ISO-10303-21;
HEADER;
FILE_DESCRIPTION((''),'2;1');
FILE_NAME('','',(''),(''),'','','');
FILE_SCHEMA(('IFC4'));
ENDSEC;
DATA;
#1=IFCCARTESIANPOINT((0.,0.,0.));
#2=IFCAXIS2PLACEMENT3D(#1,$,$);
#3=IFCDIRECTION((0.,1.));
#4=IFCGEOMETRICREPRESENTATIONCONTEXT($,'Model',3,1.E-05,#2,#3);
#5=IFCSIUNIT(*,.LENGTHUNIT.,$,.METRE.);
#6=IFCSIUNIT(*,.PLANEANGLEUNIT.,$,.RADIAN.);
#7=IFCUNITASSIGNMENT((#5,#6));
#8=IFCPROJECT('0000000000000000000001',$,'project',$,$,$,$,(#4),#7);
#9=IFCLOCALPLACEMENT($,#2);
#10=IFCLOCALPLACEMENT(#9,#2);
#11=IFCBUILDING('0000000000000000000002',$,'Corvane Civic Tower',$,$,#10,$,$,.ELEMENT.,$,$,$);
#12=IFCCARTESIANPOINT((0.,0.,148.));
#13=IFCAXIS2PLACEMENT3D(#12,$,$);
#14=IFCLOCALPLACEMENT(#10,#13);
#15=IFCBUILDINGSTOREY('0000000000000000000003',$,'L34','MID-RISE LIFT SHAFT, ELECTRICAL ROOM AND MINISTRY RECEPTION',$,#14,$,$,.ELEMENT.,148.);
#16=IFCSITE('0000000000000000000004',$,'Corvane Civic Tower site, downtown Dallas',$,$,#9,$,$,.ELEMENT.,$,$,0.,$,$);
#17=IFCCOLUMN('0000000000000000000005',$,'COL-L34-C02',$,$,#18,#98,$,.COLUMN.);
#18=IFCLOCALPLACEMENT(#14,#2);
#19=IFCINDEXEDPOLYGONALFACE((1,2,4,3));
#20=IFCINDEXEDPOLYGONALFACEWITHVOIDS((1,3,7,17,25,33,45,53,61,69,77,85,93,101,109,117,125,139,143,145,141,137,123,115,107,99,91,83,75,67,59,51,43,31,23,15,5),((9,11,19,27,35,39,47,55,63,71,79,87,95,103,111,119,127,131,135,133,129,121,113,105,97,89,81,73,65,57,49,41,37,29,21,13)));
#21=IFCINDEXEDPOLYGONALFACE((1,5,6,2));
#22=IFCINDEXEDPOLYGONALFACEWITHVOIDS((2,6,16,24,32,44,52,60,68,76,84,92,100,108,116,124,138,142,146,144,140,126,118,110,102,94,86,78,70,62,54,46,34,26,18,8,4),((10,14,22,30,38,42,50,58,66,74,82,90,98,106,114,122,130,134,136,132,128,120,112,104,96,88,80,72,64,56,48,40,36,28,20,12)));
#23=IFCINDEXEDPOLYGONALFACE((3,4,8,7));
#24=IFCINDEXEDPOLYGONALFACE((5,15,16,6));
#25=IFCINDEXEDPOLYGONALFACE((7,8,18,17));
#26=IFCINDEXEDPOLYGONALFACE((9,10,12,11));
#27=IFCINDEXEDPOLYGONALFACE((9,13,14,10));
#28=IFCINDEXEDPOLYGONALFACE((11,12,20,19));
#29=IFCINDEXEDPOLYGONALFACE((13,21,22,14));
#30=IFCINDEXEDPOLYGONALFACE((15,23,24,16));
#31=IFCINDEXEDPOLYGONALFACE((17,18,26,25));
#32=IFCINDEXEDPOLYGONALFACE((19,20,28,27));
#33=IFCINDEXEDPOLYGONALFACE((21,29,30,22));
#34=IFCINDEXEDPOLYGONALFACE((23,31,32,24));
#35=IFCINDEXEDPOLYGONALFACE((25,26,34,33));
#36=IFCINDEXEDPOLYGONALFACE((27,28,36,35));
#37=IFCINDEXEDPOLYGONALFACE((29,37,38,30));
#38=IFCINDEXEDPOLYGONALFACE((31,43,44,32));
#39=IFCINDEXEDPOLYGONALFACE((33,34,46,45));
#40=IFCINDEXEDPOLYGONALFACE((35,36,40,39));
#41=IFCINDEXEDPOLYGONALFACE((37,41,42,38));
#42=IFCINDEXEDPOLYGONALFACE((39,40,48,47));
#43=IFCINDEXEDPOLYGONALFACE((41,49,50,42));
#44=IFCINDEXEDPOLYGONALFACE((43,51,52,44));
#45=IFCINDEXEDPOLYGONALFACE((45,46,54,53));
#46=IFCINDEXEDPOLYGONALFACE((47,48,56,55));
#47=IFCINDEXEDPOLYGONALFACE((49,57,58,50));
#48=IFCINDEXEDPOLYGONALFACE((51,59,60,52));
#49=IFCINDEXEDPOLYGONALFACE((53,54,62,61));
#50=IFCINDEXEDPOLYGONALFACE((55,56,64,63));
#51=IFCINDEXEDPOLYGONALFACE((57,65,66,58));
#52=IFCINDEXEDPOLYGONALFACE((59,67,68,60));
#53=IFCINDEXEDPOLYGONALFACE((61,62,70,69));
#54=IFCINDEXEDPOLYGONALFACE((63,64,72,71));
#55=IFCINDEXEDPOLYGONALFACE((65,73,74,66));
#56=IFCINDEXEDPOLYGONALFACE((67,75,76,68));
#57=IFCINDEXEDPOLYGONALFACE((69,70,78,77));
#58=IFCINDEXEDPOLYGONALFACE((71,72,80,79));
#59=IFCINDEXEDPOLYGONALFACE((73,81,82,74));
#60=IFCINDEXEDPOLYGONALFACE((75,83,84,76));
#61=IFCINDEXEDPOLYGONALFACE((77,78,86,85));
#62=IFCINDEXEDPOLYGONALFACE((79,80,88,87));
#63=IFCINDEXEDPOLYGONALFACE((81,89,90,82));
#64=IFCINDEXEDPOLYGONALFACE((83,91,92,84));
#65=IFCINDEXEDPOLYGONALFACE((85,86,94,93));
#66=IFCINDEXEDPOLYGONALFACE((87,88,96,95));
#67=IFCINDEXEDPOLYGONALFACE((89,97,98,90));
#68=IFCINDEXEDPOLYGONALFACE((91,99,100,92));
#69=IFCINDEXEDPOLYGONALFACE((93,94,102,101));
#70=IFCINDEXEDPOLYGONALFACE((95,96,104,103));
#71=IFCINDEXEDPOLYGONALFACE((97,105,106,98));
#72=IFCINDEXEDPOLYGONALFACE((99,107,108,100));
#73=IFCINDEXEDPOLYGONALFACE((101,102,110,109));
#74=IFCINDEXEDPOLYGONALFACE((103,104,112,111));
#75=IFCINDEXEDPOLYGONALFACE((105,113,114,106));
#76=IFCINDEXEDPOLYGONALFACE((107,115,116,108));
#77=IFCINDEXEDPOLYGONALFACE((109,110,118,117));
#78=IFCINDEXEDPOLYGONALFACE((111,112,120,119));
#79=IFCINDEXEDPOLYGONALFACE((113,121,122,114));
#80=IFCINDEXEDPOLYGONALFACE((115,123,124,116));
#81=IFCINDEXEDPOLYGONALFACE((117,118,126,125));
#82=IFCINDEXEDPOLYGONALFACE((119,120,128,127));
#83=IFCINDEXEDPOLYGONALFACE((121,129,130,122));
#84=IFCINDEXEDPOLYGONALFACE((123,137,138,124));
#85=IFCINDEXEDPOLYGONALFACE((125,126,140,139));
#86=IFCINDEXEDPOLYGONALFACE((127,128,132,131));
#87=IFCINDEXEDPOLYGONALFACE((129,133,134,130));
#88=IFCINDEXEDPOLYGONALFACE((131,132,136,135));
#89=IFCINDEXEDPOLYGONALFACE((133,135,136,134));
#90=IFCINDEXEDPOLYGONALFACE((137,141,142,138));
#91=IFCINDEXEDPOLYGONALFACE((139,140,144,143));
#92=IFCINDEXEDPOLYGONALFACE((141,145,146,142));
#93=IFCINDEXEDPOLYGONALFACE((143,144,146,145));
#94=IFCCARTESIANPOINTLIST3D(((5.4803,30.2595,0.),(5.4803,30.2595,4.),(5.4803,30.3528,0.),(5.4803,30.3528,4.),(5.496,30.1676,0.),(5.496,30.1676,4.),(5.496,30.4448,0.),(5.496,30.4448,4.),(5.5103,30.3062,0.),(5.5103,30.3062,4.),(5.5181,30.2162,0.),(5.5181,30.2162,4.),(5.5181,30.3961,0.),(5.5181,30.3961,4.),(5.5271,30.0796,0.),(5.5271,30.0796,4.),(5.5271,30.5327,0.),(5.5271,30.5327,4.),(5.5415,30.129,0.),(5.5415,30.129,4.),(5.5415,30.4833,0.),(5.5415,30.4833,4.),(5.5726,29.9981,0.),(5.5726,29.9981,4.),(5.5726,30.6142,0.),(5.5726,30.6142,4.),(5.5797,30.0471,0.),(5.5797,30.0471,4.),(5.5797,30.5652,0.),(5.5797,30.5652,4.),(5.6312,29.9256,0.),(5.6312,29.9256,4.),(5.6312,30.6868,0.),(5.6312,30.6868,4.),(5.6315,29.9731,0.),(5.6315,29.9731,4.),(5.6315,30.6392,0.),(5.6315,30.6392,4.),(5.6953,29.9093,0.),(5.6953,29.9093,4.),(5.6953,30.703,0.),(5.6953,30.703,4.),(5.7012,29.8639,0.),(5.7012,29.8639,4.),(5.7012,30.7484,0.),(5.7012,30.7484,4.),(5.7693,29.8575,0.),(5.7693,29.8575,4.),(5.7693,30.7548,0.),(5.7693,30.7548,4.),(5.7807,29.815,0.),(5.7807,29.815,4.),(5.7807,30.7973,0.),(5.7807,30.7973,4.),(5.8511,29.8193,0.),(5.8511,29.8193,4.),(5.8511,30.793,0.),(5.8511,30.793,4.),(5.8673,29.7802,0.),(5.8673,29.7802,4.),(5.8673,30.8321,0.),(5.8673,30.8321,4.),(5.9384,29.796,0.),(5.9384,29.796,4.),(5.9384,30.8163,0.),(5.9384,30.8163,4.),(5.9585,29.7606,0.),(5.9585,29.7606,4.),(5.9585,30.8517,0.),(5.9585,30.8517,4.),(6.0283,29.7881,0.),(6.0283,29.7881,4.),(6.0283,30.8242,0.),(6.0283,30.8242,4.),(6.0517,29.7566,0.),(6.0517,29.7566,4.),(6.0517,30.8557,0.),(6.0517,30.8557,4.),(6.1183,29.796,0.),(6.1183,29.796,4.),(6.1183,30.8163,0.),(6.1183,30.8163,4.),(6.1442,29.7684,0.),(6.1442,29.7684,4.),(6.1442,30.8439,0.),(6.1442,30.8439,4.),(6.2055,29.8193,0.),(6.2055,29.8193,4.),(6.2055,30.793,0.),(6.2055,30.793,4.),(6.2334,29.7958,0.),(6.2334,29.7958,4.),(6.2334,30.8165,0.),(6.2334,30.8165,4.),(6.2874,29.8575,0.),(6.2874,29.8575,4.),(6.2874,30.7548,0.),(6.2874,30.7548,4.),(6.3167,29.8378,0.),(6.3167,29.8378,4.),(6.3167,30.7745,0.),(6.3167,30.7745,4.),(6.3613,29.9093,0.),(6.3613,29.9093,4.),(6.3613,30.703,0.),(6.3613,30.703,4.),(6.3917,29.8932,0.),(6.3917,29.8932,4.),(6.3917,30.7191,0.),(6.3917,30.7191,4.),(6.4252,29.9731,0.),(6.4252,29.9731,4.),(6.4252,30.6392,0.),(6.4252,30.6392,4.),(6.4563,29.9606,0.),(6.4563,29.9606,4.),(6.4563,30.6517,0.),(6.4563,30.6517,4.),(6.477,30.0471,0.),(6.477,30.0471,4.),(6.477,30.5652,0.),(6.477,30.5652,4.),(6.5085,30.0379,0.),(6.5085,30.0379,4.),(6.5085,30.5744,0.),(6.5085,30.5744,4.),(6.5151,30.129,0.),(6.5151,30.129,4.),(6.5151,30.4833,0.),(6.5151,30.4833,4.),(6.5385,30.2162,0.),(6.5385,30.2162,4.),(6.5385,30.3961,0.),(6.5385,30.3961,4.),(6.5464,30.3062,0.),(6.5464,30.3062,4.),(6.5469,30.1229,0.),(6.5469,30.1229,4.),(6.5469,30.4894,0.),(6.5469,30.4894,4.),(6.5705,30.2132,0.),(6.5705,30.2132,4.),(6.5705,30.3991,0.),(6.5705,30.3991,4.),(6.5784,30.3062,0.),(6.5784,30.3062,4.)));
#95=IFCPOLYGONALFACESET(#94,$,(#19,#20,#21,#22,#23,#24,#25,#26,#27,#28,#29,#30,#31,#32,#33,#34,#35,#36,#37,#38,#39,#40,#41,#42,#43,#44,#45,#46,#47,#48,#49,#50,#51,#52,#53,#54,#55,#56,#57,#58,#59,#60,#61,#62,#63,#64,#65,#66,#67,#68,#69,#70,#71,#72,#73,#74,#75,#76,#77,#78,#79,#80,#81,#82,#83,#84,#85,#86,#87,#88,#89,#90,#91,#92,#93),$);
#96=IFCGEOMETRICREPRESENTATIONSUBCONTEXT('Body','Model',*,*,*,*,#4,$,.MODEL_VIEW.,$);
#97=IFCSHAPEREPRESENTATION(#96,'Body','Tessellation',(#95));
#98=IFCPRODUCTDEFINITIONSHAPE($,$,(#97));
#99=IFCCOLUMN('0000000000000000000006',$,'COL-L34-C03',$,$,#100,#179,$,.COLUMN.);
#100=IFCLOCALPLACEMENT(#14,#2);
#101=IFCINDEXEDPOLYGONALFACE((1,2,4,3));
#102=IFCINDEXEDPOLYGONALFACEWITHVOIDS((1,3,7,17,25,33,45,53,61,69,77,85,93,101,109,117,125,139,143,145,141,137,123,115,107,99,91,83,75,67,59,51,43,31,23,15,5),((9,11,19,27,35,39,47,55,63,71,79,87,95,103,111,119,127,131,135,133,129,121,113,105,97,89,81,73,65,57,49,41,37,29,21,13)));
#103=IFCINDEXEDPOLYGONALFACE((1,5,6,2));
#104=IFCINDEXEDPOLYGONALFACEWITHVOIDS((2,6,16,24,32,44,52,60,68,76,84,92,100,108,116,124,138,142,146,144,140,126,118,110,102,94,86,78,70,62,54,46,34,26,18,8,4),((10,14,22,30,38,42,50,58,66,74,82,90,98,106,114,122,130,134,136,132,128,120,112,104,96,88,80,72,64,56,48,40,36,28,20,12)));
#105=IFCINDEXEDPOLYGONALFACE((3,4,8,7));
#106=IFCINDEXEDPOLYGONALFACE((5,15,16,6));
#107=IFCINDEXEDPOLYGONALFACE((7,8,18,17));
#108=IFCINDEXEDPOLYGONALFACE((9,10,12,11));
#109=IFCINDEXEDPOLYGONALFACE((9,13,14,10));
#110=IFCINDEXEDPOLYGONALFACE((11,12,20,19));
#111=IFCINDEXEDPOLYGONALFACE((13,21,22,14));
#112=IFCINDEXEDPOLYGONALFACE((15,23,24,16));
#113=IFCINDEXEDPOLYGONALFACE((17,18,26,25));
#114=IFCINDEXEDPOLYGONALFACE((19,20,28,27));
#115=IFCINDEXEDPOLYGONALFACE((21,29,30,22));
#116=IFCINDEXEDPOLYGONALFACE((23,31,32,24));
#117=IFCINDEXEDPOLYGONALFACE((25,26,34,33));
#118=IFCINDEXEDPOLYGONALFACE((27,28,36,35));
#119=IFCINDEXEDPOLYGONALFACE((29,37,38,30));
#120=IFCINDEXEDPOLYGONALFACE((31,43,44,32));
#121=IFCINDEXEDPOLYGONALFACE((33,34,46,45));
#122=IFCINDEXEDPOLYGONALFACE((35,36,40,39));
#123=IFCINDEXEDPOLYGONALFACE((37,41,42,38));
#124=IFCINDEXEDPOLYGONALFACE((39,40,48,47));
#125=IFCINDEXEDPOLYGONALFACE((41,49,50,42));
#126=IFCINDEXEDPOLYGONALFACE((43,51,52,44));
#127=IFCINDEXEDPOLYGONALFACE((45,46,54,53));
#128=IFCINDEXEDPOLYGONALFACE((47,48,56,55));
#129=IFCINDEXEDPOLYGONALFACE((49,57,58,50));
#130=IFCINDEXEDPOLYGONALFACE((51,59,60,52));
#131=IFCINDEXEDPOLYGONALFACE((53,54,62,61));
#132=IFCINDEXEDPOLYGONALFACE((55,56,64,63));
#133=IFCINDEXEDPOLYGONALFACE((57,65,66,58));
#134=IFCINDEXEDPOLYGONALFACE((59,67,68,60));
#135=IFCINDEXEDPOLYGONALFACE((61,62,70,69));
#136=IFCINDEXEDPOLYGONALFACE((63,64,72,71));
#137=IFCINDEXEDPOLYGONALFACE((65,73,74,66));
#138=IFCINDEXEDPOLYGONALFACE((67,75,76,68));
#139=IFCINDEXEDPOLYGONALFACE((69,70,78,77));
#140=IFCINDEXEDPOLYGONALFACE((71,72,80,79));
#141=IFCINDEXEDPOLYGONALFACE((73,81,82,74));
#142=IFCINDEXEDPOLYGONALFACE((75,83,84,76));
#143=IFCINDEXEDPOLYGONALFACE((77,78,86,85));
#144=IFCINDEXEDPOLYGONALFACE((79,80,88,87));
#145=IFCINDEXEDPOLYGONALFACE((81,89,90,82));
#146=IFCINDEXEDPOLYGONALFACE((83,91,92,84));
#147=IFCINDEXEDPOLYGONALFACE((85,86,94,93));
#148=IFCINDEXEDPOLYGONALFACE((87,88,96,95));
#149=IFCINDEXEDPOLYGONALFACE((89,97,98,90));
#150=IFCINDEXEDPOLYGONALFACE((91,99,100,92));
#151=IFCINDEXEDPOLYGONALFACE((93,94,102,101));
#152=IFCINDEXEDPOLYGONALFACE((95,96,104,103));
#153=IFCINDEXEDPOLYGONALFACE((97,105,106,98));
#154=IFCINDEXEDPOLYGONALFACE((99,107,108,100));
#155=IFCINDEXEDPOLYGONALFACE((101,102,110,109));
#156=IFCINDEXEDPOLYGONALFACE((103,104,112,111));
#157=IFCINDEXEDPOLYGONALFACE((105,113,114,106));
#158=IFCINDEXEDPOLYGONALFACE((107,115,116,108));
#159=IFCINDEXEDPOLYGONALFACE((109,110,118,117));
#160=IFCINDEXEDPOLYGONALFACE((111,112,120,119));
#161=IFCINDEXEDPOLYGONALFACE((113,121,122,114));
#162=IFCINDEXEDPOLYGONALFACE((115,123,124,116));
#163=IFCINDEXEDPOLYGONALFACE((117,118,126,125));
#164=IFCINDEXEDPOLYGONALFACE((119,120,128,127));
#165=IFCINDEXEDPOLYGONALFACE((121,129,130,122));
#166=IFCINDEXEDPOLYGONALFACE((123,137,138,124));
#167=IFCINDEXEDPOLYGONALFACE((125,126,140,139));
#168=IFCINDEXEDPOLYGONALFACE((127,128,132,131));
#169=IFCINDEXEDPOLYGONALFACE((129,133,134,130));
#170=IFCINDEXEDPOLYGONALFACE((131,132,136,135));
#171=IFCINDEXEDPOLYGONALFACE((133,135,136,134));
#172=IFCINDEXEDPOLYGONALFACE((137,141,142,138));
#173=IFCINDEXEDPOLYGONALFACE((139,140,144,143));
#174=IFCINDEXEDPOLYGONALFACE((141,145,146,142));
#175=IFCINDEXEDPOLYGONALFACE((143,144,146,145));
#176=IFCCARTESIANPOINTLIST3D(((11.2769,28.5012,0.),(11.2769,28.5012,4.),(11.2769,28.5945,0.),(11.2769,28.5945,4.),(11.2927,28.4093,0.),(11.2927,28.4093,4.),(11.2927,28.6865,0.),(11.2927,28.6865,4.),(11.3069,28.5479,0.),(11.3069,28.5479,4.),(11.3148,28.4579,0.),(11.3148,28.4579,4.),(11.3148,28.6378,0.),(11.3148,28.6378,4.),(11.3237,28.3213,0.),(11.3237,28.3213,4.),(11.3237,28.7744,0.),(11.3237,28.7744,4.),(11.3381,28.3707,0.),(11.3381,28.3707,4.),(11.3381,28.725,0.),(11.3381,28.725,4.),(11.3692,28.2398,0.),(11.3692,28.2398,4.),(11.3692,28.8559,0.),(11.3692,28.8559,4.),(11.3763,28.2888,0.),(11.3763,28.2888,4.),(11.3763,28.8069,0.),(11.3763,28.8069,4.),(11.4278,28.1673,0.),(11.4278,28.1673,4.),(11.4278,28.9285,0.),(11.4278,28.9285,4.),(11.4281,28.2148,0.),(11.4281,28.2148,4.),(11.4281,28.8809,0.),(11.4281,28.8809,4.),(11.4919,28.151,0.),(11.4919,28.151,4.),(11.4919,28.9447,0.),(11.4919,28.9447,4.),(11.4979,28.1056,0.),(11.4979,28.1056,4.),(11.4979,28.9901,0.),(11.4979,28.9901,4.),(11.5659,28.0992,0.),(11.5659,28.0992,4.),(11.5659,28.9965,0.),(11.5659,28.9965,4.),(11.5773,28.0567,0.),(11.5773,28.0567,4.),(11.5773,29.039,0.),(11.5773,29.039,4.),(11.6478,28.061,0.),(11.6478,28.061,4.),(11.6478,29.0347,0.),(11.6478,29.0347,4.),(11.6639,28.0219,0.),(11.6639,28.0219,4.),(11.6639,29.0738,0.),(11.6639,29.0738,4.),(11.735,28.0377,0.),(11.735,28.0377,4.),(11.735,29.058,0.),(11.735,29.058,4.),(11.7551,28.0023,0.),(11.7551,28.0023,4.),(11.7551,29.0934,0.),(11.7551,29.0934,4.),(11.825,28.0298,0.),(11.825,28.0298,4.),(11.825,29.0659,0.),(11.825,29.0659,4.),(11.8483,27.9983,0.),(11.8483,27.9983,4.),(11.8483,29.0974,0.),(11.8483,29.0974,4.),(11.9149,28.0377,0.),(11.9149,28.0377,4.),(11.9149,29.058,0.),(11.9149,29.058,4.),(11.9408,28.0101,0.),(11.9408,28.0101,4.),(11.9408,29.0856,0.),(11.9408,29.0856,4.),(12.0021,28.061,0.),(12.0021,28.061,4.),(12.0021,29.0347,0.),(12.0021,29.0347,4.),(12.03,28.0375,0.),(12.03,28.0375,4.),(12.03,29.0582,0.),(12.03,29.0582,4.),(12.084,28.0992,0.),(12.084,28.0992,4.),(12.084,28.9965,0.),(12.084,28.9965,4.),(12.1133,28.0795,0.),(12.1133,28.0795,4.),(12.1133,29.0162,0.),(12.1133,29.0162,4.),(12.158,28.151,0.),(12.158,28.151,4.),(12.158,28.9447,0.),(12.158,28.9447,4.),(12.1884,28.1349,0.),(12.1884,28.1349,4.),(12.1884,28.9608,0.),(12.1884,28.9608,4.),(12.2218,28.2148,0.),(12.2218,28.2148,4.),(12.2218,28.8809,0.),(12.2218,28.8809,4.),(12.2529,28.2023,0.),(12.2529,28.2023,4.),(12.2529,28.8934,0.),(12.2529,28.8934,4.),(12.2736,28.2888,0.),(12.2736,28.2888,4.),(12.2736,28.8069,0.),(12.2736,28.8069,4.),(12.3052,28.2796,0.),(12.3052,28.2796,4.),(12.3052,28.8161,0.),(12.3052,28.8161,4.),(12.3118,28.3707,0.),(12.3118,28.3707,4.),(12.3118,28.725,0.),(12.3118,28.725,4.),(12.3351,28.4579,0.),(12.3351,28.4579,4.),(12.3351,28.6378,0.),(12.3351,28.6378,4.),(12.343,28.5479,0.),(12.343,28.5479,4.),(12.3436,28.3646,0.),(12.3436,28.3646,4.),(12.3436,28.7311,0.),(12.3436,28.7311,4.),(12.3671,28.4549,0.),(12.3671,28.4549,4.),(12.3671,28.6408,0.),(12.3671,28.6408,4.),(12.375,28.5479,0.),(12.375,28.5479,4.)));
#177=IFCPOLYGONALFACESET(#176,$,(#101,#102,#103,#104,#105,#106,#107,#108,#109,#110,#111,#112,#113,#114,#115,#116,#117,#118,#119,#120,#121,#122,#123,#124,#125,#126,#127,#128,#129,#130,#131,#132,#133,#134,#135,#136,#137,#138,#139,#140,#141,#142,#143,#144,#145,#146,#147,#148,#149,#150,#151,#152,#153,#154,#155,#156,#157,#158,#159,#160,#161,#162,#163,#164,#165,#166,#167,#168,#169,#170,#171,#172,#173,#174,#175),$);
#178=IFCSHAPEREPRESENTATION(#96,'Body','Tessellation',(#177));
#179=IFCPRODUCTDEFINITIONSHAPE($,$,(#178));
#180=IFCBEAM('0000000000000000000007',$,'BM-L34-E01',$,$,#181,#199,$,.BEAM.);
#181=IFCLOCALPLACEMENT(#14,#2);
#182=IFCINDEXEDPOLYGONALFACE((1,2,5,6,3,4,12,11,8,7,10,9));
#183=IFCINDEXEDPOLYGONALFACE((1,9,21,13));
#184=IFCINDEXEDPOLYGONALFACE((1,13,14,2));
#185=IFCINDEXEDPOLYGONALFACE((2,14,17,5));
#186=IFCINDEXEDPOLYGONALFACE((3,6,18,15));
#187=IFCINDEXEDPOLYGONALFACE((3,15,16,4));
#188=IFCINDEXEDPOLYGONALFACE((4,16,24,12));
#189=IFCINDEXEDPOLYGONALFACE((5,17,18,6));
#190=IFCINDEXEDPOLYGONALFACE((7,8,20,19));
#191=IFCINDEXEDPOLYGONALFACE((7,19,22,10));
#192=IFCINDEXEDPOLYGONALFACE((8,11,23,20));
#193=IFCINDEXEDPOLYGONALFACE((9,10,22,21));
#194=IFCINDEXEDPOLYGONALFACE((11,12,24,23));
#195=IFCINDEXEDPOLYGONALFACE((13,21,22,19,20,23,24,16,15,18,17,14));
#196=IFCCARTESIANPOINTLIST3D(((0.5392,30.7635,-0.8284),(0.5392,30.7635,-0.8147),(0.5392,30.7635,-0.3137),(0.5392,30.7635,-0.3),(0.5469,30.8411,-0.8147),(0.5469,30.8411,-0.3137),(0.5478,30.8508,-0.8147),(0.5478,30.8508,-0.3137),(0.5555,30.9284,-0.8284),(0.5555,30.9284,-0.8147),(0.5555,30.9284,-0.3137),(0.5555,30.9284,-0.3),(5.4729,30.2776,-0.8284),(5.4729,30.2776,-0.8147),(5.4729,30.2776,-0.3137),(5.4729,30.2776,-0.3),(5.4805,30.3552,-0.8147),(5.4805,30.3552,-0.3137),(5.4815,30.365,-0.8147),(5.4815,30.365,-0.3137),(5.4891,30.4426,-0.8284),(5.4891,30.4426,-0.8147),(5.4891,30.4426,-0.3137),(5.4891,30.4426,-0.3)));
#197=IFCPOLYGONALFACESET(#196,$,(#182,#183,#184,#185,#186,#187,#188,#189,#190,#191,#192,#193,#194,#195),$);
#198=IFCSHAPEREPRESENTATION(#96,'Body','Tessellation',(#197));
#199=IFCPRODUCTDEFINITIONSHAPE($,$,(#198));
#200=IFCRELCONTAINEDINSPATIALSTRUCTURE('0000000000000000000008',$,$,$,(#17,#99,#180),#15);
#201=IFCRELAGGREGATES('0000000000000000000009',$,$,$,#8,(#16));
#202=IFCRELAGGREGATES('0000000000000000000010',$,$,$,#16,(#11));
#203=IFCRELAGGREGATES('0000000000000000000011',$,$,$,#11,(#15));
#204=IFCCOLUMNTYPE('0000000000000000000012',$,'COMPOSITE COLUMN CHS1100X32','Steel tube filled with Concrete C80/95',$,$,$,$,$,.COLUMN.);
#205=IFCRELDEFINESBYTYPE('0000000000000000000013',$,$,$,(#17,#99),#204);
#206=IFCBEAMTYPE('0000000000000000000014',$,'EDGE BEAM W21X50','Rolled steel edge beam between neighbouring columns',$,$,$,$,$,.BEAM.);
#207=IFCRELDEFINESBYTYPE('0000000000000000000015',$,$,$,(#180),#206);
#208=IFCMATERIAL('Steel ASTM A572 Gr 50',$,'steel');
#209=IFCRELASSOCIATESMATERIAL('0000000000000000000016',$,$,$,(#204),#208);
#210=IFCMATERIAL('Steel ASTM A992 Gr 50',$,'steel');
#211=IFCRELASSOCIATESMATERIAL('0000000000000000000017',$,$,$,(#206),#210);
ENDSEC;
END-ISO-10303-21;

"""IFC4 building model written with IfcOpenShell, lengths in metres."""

from ifc_helpers import new_model, si_unit, direction, frame, origin, origin_2d, place, context, subcontext, project, spatial, hollow_circle, i_section, extrude, material, material_profile, profile_set, type_object, element, save


model = new_model("IFC4")

# Units and contexts
model_context = context("Model", 3, precision=1e-05, world=origin(), true_north=direction((0.0, 1.0)))
body_context = subcontext(model_context, "Body", "Model", "MODEL_VIEW")
ifc_project = project(units=[si_unit("LENGTHUNIT", "METRE"), si_unit("PLANEANGLEUNIT", "RADIAN")], contexts=[model_context])

# Site, building, storey
site_placement = place(None, origin())
site = spatial("IfcSite", under=ifc_project, at=site_placement, Name="Corvane Civic Tower site, downtown Dallas", CompositionType="ELEMENT", RefElevation=0.0)
building_placement = place(site_placement, origin())
building = spatial("IfcBuilding", under=site, at=building_placement, Name="Corvane Civic Tower", CompositionType="ELEMENT")
storey_placement = place(building_placement, frame((0.0, 0.0, 148.0)))
storey = spatial("IfcBuildingStorey", under=building, at=storey_placement, Name="L34", Description="MID-RISE LIFT SHAFT, ELECTRICAL ROOM AND MINISTRY RECEPTION", CompositionType="ELEMENT", Elevation=148.0)

# Columns
ifc_material_1 = material(Name="Steel ASTM A572 Gr 50", Category="steel")
ifc_material_profile_1 = material_profile(ifc_material_1, hollow_circle(Radius=0.55, WallThickness=0.032, at=origin_2d()), Name="CHS1100X32")
ifc_profile_set_1 = profile_set([ifc_material_profile_1], Name="Steel ASTM A572 Gr 50")
column_type = type_object("IfcColumnType", Name="COMPOSITE COLUMN CHS1100X32", Description="Steel tube filled with Concrete C80/95", PredefinedType="COLUMN", material=ifc_profile_set_1)
for number, where, z_axis, x_axis, name in (
    (1, (6.0283, 30.3062, 0.0), (0.0, 0.0, 1.0), (1.0, 0.0, 0.0), "COL-L34-C02"),
    (2, (11.825, 28.5479, 0.0), (0.0, 0.0, 1.0), (1.0, 0.0, 0.0), "COL-L34-C03"),
):
    element("IfcColumn", number, at=place(storey_placement, frame(where, z_axis=z_axis, x_axis=x_axis)), inside=storey, type_object=column_type, Name=name, PredefinedType="COLUMN", context=body_context, shape_type="SweptSolid", body=[
        extrude(hollow_circle(Radius=0.55, WallThickness=0.032, at=origin_2d()), origin(), (0.0, 0.0, 1.0), 4.0),
    ])

# Beam
ifc_material_2 = material(Name="Steel ASTM A992 Gr 50", Category="steel")
ifc_material_profile_2 = material_profile(ifc_material_2, i_section(OverallWidth=0.1658, OverallDepth=0.5283, WebThickness=0.0098, FlangeThickness=0.0137, at=origin_2d()), Name="W21X50")
ifc_profile_set_2 = profile_set([ifc_material_profile_2], Name="Steel ASTM A992 Gr 50")
beam_type_1 = type_object("IfcBeamType", Name="EDGE BEAM W21X50", Description="Rolled steel edge beam between neighbouring columns", PredefinedType="BEAM", material=ifc_profile_set_2)
beam_1_placement = place(storey_placement, frame((0.5474, 30.8459, -0.5642), z_axis=(0.995186, -0.098002, 0.0), x_axis=(0.098002, 0.995186, 0.0)))
element("IfcBeam", 3, at=beam_1_placement, inside=storey, type_object=beam_type_1, Name="BM-L34-E01", PredefinedType="BEAM", context=body_context, shape_type="SweptSolid", body=[
    extrude(i_section(OverallWidth=0.1658, OverallDepth=0.5283, WebThickness=0.0098, FlangeThickness=0.0137, at=origin_2d()), origin(), (0.0, 0.0, 1.0), 4.9575),
])

save(model, "model.ifc")
